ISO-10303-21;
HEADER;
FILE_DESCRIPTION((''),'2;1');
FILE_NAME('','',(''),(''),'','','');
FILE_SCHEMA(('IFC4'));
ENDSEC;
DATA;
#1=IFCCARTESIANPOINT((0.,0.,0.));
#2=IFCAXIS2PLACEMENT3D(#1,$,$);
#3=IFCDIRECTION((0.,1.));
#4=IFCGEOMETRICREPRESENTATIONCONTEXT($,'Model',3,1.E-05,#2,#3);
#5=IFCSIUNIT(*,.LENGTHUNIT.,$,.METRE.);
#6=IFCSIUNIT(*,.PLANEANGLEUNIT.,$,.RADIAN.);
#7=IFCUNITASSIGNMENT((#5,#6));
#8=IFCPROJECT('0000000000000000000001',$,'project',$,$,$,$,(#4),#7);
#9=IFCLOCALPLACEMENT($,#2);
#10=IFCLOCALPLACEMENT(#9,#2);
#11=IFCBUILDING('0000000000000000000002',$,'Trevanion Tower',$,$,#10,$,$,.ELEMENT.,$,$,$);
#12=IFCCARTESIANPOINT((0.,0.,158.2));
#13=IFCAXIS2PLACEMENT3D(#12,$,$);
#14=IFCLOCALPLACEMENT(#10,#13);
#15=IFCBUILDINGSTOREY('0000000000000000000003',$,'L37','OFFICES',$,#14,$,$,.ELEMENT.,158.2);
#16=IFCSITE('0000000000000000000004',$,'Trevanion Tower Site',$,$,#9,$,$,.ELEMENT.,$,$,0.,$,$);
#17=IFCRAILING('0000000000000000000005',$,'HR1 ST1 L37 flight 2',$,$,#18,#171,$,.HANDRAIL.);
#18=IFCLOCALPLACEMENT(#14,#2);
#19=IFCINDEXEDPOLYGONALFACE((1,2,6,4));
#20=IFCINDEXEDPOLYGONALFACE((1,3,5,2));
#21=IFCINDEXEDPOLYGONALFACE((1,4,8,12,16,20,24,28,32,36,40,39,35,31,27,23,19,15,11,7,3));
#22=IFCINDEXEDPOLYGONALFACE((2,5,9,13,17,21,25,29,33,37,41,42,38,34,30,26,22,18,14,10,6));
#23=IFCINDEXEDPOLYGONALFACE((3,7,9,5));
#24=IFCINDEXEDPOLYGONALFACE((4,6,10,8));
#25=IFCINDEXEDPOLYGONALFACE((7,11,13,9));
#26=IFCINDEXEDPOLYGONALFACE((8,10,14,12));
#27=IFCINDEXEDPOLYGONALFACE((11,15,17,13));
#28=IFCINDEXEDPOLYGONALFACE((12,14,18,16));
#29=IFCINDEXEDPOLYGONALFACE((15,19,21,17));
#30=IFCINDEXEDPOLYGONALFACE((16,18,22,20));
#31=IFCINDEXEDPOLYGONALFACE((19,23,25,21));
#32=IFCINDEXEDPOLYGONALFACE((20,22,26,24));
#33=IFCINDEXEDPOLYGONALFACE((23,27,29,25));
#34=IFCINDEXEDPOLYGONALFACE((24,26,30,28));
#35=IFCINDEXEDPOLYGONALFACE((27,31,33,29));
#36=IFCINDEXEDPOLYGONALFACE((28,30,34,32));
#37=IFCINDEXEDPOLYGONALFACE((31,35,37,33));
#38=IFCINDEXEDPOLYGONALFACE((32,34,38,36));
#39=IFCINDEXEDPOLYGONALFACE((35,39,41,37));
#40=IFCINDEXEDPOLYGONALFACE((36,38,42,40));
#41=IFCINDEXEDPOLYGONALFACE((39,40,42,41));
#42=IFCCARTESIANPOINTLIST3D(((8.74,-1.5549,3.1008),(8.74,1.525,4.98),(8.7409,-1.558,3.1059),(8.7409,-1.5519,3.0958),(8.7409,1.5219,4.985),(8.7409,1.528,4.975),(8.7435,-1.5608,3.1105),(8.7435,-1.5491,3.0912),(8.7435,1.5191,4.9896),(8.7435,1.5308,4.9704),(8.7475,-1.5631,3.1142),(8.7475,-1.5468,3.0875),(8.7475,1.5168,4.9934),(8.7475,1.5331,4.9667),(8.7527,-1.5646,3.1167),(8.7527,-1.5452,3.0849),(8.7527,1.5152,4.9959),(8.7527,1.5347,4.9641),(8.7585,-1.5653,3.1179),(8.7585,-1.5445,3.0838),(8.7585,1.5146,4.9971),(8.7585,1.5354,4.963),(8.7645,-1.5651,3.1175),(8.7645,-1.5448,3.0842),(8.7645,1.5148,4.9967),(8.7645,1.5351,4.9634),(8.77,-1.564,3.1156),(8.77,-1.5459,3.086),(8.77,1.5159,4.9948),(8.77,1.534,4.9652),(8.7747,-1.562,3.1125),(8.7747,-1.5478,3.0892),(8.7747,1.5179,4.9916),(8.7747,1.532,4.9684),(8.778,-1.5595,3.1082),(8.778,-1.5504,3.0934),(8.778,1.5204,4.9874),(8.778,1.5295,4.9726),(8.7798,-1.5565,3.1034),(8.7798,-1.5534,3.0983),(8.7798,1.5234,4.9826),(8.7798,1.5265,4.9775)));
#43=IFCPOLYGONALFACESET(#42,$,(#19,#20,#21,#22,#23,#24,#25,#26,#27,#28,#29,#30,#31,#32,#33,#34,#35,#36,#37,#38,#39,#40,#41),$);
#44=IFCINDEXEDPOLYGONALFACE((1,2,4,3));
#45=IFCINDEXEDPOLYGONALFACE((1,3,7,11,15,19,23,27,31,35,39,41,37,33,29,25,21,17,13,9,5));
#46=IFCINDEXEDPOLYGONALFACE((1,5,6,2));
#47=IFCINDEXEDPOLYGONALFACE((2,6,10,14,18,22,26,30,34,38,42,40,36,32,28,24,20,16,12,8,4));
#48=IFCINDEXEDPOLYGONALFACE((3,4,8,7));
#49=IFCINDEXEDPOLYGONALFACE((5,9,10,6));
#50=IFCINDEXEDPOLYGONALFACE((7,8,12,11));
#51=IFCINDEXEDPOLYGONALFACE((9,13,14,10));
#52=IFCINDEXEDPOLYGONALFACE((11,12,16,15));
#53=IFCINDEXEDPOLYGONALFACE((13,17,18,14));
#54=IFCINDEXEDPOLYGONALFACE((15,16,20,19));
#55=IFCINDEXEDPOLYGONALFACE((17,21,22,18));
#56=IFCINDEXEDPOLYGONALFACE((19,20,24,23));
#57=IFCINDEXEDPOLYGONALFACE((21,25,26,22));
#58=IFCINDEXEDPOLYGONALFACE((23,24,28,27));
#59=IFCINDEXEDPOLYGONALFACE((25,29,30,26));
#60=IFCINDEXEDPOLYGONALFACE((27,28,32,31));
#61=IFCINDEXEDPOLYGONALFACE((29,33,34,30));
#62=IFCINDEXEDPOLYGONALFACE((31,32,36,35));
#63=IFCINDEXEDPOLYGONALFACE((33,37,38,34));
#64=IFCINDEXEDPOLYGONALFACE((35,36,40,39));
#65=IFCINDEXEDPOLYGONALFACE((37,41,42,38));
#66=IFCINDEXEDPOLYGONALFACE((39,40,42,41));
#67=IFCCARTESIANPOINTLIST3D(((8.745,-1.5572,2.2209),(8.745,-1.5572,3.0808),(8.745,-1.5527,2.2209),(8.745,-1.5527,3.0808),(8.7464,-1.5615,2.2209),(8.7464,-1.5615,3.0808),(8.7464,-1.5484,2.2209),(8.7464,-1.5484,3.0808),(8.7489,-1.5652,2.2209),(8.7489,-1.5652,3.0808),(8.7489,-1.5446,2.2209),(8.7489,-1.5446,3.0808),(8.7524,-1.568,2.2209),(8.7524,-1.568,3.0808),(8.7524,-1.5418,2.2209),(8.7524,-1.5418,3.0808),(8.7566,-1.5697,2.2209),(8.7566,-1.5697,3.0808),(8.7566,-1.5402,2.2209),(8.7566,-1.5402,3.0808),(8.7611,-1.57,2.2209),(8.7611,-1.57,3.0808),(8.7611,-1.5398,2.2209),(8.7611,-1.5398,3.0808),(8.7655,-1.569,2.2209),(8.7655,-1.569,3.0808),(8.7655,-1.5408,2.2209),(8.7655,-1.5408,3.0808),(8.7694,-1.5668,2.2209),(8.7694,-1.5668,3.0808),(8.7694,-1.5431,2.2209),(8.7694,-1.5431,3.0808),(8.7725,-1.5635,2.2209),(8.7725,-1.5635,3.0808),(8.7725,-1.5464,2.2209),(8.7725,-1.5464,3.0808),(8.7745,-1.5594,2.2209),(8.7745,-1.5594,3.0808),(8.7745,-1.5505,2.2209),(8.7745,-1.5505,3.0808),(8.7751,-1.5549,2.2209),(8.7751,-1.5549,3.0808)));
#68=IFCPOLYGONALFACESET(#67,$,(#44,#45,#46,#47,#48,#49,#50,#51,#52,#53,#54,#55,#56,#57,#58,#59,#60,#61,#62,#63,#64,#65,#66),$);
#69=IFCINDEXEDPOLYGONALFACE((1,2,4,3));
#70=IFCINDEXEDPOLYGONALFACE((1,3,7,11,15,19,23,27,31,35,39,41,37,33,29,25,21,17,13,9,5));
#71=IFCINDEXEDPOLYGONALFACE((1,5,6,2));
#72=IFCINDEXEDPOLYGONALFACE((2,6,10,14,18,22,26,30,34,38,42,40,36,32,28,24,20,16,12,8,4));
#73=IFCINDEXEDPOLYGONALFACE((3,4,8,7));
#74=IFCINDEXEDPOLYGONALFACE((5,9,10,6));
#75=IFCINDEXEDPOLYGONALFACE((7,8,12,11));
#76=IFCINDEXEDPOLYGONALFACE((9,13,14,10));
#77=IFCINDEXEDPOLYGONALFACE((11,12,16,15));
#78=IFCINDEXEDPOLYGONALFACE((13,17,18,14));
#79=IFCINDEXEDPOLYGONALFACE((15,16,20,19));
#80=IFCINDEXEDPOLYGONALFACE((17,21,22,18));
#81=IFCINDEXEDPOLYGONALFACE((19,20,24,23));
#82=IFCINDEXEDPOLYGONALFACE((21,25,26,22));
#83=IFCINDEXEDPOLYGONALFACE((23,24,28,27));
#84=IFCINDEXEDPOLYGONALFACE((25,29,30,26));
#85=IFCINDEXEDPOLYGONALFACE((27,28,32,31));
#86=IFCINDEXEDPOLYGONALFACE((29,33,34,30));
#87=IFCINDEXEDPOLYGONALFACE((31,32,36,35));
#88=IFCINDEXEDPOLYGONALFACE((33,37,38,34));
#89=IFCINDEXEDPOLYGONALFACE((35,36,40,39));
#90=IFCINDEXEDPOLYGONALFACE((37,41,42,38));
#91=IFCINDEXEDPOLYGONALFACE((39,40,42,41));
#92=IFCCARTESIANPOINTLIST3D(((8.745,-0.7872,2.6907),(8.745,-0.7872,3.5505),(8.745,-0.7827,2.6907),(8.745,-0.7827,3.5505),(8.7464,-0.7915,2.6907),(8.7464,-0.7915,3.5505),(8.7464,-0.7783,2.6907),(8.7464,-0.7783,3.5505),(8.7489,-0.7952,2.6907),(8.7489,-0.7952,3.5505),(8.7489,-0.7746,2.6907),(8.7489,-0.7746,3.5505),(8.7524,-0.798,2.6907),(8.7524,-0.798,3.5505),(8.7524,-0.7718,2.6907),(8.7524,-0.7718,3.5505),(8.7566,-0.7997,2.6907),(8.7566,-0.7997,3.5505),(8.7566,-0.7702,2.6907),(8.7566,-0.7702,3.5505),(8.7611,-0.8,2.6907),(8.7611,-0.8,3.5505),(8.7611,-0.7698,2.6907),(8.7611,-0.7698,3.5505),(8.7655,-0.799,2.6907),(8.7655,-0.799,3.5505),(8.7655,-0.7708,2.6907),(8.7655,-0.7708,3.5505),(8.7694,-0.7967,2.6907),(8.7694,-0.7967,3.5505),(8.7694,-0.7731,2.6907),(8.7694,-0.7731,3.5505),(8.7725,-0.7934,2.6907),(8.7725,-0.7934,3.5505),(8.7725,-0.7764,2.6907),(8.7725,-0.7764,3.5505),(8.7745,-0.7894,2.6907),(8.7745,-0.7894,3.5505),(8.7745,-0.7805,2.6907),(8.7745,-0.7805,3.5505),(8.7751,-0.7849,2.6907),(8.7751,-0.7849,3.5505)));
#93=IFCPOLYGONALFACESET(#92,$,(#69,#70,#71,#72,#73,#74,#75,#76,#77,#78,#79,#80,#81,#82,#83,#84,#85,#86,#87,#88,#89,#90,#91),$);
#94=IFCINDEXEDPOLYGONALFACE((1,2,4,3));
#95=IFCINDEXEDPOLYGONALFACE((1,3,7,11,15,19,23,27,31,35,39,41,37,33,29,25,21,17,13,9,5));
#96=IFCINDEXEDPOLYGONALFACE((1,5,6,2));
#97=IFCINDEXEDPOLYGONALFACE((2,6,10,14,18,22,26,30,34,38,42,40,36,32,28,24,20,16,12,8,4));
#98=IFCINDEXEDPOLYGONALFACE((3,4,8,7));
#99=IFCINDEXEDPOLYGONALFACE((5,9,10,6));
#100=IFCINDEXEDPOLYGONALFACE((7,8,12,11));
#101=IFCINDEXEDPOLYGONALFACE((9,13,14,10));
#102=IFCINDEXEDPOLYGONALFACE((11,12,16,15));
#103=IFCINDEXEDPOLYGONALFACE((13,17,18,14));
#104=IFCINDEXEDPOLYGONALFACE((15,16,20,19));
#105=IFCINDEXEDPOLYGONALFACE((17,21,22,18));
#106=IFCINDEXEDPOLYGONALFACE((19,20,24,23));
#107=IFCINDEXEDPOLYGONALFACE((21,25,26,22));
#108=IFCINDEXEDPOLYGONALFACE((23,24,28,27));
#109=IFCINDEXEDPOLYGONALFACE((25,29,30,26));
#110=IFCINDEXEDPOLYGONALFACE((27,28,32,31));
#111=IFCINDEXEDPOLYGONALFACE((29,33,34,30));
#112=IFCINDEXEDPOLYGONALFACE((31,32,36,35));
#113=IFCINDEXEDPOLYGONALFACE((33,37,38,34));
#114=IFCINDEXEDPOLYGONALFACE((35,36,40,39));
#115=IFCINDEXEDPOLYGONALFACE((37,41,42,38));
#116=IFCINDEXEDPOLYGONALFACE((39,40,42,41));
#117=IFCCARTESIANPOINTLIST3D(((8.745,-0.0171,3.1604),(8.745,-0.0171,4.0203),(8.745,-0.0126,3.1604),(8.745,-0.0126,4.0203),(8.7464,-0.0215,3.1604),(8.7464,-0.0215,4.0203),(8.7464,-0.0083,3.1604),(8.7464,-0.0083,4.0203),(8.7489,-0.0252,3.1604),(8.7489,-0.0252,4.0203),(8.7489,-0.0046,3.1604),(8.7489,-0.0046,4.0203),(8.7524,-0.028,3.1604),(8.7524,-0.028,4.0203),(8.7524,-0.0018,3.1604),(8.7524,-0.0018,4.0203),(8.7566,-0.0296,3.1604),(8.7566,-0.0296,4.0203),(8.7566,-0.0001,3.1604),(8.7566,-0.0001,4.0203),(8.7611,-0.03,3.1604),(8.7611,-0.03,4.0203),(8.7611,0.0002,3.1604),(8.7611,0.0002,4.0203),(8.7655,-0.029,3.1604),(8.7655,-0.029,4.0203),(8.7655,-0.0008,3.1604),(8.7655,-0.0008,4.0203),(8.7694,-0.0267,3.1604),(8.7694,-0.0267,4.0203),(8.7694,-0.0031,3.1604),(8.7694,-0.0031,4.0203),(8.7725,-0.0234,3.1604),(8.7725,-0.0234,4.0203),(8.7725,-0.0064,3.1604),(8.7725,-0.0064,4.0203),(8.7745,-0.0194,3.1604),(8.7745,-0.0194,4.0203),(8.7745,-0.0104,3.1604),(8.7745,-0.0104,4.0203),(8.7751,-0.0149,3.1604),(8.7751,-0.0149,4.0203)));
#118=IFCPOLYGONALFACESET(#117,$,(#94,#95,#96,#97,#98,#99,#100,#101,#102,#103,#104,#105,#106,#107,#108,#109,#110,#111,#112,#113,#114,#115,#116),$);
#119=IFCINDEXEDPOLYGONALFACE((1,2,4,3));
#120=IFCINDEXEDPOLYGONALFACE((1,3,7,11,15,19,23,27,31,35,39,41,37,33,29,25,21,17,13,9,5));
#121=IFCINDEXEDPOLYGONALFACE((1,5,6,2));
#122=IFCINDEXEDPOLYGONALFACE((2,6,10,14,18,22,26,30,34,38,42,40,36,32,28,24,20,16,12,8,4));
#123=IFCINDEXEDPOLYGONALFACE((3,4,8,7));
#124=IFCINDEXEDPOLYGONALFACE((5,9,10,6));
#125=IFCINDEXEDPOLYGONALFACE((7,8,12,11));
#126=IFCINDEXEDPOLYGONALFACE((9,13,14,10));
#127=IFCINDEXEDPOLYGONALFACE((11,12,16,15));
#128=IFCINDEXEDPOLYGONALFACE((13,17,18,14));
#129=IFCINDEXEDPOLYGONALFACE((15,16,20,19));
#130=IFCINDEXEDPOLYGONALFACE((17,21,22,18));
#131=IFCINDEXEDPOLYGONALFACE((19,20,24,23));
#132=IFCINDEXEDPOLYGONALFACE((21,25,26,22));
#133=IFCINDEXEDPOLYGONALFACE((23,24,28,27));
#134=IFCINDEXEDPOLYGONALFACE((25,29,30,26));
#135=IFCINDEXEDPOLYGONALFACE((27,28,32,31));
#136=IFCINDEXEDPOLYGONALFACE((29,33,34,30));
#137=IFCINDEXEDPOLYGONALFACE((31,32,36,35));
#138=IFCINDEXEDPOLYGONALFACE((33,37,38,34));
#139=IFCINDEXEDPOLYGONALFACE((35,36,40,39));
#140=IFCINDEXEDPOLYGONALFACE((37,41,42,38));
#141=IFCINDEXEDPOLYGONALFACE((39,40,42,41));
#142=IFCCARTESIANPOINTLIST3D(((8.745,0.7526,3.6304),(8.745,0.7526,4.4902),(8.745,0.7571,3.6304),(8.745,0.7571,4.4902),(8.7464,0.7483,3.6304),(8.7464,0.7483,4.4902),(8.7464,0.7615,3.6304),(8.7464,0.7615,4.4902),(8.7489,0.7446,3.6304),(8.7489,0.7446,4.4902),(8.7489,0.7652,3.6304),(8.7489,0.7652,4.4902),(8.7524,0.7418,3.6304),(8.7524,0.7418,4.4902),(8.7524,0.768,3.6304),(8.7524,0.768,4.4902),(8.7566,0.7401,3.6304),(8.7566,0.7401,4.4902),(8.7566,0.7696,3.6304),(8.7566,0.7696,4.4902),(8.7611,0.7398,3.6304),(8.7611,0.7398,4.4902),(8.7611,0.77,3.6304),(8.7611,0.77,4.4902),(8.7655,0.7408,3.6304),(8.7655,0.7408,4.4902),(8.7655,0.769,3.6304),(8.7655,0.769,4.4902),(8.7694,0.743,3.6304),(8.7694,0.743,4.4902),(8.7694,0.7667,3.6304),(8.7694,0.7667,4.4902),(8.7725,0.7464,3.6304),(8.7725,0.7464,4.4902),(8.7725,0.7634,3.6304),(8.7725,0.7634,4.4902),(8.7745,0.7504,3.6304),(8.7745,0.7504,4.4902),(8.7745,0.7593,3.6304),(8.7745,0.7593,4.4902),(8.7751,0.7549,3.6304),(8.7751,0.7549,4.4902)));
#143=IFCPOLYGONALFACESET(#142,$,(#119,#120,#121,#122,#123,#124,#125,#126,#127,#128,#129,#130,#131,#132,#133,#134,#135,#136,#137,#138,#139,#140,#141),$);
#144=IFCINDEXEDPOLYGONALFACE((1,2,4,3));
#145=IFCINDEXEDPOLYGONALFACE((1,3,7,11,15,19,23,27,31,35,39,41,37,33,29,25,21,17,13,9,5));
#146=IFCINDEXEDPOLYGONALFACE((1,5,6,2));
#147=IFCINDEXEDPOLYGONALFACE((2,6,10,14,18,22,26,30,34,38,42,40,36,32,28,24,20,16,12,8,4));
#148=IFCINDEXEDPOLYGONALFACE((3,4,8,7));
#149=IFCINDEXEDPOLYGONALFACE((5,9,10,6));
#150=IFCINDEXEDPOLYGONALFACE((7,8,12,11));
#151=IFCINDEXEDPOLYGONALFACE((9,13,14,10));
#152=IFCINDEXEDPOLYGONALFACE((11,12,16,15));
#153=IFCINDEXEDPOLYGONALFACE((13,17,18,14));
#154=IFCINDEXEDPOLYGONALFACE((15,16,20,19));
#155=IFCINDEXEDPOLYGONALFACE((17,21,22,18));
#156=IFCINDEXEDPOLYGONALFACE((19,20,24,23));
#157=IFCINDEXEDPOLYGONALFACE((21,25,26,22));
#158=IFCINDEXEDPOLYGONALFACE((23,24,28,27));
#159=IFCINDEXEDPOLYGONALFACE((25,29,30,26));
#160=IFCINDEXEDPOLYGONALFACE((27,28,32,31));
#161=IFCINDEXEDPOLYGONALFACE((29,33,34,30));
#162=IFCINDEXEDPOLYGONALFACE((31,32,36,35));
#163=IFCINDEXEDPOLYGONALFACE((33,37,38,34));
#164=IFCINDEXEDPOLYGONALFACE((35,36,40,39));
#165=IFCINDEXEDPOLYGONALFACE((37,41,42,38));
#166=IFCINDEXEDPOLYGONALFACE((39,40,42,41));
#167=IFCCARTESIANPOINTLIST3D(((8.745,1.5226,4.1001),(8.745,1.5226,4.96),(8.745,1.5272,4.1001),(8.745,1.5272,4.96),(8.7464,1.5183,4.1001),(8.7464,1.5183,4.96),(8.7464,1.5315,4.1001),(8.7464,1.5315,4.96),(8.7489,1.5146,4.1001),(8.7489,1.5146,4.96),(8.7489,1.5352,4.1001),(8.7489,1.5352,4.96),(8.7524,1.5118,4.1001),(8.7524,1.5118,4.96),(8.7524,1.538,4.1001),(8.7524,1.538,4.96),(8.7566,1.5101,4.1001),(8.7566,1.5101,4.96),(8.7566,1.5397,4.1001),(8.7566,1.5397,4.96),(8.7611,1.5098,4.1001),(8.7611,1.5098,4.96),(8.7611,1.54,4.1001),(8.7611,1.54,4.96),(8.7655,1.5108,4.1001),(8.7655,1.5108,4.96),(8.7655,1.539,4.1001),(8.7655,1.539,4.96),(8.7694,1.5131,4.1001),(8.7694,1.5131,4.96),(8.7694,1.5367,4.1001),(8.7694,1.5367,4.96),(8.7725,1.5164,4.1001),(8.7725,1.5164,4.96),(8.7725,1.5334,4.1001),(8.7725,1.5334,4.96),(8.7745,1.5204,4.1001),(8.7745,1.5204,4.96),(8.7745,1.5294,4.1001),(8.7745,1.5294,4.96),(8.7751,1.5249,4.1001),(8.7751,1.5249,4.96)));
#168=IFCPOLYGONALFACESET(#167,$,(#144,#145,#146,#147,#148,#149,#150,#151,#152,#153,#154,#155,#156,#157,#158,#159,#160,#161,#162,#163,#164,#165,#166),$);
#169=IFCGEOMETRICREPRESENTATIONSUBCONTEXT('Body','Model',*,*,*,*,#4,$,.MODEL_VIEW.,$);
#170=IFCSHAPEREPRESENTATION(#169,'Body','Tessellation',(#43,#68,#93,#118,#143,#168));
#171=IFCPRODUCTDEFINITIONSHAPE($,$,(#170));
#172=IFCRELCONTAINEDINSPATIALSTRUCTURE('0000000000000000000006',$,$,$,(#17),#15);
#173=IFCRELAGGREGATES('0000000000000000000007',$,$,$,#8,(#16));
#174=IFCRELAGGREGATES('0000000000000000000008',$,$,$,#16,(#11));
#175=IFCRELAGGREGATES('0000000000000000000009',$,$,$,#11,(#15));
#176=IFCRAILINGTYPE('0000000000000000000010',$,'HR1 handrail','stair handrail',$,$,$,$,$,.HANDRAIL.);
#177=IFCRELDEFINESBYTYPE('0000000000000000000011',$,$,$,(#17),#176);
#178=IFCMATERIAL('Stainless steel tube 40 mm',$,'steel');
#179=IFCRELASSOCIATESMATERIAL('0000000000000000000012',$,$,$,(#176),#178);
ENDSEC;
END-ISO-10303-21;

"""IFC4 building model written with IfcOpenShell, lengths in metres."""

from ifc_helpers import new_model, si_unit, direction, frame, origin, origin_2d, place, context, subcontext, project, spatial, circle, extrude, material, type_object, element, save


model = new_model("IFC4")

# Units and contexts
model_context = context("Model", 3, precision=1e-05, world=origin(), true_north=direction((0.0, 1.0)))
body_context = subcontext(model_context, "Body", "Model", "MODEL_VIEW")
ifc_project = project(units=[si_unit("LENGTHUNIT", "METRE"), si_unit("PLANEANGLEUNIT", "RADIAN")], contexts=[model_context])

# Site, building, storey
site_placement = place(None, origin())
site = spatial("IfcSite", under=ifc_project, at=site_placement, Name="Trevanion Tower Site", CompositionType="ELEMENT", RefElevation=0.0)
building_placement = place(site_placement, origin())
building = spatial("IfcBuilding", under=site, at=building_placement, Name="Trevanion Tower", CompositionType="ELEMENT")
storey_placement = place(building_placement, frame((0.0, 0.0, 158.2)))
storey = spatial("IfcBuildingStorey", under=building, at=storey_placement, Name="L37", Description="OFFICES", CompositionType="ELEMENT", Elevation=158.2)

# Railing
ifc_material_1 = material(Name="Stainless steel tube 40 mm", Category="steel")
railing_type = type_object("IfcRailingType", Name="HR1 handrail", Description="stair handrail", PredefinedType="HANDRAIL", material=ifc_material_1)
for number, where, name in (
    (1, (8.76, -1.5549, 2.2209), "HR1 ST1 L37 flight 2"),
):
    element("IfcRailing", number, at=place(storey_placement, frame(where)), inside=storey, type_object=railing_type, Name=name, PredefinedType="HANDRAIL", context=body_context, shape_type="SweptSolid", body=[
        extrude(circle(Radius=0.02, at=origin_2d()), frame((0.0, 0.0, 0.8799), z_axis=(0.0, 0.853648, 0.52085), x_axis=(-1.0, 0.0, 0.0)), (0.0, 0.0, 1.0), 3.6079),
        extrude(circle(Radius=0.0151, at=origin_2d()), origin(), (0.0, 0.0, 1.0), 0.8599),
        extrude(circle(Radius=0.0151, at=origin_2d()), frame((0.0, 0.77, 0.4697)), (0.0, 0.0, 1.0), 0.8599),
        extrude(circle(Radius=0.0151, at=origin_2d()), frame((0.0, 1.54, 0.9395)), (0.0, 0.0, 1.0), 0.8599),
        extrude(circle(Radius=0.0151, at=origin_2d()), frame((0.0, 2.3098, 1.4094)), (0.0, 0.0, 1.0), 0.8599),
        extrude(circle(Radius=0.0151, at=origin_2d()), frame((0.0, 3.0798, 1.8792)), (0.0, 0.0, 1.0), 0.8599),
    ])

save(model, "model.ifc")
